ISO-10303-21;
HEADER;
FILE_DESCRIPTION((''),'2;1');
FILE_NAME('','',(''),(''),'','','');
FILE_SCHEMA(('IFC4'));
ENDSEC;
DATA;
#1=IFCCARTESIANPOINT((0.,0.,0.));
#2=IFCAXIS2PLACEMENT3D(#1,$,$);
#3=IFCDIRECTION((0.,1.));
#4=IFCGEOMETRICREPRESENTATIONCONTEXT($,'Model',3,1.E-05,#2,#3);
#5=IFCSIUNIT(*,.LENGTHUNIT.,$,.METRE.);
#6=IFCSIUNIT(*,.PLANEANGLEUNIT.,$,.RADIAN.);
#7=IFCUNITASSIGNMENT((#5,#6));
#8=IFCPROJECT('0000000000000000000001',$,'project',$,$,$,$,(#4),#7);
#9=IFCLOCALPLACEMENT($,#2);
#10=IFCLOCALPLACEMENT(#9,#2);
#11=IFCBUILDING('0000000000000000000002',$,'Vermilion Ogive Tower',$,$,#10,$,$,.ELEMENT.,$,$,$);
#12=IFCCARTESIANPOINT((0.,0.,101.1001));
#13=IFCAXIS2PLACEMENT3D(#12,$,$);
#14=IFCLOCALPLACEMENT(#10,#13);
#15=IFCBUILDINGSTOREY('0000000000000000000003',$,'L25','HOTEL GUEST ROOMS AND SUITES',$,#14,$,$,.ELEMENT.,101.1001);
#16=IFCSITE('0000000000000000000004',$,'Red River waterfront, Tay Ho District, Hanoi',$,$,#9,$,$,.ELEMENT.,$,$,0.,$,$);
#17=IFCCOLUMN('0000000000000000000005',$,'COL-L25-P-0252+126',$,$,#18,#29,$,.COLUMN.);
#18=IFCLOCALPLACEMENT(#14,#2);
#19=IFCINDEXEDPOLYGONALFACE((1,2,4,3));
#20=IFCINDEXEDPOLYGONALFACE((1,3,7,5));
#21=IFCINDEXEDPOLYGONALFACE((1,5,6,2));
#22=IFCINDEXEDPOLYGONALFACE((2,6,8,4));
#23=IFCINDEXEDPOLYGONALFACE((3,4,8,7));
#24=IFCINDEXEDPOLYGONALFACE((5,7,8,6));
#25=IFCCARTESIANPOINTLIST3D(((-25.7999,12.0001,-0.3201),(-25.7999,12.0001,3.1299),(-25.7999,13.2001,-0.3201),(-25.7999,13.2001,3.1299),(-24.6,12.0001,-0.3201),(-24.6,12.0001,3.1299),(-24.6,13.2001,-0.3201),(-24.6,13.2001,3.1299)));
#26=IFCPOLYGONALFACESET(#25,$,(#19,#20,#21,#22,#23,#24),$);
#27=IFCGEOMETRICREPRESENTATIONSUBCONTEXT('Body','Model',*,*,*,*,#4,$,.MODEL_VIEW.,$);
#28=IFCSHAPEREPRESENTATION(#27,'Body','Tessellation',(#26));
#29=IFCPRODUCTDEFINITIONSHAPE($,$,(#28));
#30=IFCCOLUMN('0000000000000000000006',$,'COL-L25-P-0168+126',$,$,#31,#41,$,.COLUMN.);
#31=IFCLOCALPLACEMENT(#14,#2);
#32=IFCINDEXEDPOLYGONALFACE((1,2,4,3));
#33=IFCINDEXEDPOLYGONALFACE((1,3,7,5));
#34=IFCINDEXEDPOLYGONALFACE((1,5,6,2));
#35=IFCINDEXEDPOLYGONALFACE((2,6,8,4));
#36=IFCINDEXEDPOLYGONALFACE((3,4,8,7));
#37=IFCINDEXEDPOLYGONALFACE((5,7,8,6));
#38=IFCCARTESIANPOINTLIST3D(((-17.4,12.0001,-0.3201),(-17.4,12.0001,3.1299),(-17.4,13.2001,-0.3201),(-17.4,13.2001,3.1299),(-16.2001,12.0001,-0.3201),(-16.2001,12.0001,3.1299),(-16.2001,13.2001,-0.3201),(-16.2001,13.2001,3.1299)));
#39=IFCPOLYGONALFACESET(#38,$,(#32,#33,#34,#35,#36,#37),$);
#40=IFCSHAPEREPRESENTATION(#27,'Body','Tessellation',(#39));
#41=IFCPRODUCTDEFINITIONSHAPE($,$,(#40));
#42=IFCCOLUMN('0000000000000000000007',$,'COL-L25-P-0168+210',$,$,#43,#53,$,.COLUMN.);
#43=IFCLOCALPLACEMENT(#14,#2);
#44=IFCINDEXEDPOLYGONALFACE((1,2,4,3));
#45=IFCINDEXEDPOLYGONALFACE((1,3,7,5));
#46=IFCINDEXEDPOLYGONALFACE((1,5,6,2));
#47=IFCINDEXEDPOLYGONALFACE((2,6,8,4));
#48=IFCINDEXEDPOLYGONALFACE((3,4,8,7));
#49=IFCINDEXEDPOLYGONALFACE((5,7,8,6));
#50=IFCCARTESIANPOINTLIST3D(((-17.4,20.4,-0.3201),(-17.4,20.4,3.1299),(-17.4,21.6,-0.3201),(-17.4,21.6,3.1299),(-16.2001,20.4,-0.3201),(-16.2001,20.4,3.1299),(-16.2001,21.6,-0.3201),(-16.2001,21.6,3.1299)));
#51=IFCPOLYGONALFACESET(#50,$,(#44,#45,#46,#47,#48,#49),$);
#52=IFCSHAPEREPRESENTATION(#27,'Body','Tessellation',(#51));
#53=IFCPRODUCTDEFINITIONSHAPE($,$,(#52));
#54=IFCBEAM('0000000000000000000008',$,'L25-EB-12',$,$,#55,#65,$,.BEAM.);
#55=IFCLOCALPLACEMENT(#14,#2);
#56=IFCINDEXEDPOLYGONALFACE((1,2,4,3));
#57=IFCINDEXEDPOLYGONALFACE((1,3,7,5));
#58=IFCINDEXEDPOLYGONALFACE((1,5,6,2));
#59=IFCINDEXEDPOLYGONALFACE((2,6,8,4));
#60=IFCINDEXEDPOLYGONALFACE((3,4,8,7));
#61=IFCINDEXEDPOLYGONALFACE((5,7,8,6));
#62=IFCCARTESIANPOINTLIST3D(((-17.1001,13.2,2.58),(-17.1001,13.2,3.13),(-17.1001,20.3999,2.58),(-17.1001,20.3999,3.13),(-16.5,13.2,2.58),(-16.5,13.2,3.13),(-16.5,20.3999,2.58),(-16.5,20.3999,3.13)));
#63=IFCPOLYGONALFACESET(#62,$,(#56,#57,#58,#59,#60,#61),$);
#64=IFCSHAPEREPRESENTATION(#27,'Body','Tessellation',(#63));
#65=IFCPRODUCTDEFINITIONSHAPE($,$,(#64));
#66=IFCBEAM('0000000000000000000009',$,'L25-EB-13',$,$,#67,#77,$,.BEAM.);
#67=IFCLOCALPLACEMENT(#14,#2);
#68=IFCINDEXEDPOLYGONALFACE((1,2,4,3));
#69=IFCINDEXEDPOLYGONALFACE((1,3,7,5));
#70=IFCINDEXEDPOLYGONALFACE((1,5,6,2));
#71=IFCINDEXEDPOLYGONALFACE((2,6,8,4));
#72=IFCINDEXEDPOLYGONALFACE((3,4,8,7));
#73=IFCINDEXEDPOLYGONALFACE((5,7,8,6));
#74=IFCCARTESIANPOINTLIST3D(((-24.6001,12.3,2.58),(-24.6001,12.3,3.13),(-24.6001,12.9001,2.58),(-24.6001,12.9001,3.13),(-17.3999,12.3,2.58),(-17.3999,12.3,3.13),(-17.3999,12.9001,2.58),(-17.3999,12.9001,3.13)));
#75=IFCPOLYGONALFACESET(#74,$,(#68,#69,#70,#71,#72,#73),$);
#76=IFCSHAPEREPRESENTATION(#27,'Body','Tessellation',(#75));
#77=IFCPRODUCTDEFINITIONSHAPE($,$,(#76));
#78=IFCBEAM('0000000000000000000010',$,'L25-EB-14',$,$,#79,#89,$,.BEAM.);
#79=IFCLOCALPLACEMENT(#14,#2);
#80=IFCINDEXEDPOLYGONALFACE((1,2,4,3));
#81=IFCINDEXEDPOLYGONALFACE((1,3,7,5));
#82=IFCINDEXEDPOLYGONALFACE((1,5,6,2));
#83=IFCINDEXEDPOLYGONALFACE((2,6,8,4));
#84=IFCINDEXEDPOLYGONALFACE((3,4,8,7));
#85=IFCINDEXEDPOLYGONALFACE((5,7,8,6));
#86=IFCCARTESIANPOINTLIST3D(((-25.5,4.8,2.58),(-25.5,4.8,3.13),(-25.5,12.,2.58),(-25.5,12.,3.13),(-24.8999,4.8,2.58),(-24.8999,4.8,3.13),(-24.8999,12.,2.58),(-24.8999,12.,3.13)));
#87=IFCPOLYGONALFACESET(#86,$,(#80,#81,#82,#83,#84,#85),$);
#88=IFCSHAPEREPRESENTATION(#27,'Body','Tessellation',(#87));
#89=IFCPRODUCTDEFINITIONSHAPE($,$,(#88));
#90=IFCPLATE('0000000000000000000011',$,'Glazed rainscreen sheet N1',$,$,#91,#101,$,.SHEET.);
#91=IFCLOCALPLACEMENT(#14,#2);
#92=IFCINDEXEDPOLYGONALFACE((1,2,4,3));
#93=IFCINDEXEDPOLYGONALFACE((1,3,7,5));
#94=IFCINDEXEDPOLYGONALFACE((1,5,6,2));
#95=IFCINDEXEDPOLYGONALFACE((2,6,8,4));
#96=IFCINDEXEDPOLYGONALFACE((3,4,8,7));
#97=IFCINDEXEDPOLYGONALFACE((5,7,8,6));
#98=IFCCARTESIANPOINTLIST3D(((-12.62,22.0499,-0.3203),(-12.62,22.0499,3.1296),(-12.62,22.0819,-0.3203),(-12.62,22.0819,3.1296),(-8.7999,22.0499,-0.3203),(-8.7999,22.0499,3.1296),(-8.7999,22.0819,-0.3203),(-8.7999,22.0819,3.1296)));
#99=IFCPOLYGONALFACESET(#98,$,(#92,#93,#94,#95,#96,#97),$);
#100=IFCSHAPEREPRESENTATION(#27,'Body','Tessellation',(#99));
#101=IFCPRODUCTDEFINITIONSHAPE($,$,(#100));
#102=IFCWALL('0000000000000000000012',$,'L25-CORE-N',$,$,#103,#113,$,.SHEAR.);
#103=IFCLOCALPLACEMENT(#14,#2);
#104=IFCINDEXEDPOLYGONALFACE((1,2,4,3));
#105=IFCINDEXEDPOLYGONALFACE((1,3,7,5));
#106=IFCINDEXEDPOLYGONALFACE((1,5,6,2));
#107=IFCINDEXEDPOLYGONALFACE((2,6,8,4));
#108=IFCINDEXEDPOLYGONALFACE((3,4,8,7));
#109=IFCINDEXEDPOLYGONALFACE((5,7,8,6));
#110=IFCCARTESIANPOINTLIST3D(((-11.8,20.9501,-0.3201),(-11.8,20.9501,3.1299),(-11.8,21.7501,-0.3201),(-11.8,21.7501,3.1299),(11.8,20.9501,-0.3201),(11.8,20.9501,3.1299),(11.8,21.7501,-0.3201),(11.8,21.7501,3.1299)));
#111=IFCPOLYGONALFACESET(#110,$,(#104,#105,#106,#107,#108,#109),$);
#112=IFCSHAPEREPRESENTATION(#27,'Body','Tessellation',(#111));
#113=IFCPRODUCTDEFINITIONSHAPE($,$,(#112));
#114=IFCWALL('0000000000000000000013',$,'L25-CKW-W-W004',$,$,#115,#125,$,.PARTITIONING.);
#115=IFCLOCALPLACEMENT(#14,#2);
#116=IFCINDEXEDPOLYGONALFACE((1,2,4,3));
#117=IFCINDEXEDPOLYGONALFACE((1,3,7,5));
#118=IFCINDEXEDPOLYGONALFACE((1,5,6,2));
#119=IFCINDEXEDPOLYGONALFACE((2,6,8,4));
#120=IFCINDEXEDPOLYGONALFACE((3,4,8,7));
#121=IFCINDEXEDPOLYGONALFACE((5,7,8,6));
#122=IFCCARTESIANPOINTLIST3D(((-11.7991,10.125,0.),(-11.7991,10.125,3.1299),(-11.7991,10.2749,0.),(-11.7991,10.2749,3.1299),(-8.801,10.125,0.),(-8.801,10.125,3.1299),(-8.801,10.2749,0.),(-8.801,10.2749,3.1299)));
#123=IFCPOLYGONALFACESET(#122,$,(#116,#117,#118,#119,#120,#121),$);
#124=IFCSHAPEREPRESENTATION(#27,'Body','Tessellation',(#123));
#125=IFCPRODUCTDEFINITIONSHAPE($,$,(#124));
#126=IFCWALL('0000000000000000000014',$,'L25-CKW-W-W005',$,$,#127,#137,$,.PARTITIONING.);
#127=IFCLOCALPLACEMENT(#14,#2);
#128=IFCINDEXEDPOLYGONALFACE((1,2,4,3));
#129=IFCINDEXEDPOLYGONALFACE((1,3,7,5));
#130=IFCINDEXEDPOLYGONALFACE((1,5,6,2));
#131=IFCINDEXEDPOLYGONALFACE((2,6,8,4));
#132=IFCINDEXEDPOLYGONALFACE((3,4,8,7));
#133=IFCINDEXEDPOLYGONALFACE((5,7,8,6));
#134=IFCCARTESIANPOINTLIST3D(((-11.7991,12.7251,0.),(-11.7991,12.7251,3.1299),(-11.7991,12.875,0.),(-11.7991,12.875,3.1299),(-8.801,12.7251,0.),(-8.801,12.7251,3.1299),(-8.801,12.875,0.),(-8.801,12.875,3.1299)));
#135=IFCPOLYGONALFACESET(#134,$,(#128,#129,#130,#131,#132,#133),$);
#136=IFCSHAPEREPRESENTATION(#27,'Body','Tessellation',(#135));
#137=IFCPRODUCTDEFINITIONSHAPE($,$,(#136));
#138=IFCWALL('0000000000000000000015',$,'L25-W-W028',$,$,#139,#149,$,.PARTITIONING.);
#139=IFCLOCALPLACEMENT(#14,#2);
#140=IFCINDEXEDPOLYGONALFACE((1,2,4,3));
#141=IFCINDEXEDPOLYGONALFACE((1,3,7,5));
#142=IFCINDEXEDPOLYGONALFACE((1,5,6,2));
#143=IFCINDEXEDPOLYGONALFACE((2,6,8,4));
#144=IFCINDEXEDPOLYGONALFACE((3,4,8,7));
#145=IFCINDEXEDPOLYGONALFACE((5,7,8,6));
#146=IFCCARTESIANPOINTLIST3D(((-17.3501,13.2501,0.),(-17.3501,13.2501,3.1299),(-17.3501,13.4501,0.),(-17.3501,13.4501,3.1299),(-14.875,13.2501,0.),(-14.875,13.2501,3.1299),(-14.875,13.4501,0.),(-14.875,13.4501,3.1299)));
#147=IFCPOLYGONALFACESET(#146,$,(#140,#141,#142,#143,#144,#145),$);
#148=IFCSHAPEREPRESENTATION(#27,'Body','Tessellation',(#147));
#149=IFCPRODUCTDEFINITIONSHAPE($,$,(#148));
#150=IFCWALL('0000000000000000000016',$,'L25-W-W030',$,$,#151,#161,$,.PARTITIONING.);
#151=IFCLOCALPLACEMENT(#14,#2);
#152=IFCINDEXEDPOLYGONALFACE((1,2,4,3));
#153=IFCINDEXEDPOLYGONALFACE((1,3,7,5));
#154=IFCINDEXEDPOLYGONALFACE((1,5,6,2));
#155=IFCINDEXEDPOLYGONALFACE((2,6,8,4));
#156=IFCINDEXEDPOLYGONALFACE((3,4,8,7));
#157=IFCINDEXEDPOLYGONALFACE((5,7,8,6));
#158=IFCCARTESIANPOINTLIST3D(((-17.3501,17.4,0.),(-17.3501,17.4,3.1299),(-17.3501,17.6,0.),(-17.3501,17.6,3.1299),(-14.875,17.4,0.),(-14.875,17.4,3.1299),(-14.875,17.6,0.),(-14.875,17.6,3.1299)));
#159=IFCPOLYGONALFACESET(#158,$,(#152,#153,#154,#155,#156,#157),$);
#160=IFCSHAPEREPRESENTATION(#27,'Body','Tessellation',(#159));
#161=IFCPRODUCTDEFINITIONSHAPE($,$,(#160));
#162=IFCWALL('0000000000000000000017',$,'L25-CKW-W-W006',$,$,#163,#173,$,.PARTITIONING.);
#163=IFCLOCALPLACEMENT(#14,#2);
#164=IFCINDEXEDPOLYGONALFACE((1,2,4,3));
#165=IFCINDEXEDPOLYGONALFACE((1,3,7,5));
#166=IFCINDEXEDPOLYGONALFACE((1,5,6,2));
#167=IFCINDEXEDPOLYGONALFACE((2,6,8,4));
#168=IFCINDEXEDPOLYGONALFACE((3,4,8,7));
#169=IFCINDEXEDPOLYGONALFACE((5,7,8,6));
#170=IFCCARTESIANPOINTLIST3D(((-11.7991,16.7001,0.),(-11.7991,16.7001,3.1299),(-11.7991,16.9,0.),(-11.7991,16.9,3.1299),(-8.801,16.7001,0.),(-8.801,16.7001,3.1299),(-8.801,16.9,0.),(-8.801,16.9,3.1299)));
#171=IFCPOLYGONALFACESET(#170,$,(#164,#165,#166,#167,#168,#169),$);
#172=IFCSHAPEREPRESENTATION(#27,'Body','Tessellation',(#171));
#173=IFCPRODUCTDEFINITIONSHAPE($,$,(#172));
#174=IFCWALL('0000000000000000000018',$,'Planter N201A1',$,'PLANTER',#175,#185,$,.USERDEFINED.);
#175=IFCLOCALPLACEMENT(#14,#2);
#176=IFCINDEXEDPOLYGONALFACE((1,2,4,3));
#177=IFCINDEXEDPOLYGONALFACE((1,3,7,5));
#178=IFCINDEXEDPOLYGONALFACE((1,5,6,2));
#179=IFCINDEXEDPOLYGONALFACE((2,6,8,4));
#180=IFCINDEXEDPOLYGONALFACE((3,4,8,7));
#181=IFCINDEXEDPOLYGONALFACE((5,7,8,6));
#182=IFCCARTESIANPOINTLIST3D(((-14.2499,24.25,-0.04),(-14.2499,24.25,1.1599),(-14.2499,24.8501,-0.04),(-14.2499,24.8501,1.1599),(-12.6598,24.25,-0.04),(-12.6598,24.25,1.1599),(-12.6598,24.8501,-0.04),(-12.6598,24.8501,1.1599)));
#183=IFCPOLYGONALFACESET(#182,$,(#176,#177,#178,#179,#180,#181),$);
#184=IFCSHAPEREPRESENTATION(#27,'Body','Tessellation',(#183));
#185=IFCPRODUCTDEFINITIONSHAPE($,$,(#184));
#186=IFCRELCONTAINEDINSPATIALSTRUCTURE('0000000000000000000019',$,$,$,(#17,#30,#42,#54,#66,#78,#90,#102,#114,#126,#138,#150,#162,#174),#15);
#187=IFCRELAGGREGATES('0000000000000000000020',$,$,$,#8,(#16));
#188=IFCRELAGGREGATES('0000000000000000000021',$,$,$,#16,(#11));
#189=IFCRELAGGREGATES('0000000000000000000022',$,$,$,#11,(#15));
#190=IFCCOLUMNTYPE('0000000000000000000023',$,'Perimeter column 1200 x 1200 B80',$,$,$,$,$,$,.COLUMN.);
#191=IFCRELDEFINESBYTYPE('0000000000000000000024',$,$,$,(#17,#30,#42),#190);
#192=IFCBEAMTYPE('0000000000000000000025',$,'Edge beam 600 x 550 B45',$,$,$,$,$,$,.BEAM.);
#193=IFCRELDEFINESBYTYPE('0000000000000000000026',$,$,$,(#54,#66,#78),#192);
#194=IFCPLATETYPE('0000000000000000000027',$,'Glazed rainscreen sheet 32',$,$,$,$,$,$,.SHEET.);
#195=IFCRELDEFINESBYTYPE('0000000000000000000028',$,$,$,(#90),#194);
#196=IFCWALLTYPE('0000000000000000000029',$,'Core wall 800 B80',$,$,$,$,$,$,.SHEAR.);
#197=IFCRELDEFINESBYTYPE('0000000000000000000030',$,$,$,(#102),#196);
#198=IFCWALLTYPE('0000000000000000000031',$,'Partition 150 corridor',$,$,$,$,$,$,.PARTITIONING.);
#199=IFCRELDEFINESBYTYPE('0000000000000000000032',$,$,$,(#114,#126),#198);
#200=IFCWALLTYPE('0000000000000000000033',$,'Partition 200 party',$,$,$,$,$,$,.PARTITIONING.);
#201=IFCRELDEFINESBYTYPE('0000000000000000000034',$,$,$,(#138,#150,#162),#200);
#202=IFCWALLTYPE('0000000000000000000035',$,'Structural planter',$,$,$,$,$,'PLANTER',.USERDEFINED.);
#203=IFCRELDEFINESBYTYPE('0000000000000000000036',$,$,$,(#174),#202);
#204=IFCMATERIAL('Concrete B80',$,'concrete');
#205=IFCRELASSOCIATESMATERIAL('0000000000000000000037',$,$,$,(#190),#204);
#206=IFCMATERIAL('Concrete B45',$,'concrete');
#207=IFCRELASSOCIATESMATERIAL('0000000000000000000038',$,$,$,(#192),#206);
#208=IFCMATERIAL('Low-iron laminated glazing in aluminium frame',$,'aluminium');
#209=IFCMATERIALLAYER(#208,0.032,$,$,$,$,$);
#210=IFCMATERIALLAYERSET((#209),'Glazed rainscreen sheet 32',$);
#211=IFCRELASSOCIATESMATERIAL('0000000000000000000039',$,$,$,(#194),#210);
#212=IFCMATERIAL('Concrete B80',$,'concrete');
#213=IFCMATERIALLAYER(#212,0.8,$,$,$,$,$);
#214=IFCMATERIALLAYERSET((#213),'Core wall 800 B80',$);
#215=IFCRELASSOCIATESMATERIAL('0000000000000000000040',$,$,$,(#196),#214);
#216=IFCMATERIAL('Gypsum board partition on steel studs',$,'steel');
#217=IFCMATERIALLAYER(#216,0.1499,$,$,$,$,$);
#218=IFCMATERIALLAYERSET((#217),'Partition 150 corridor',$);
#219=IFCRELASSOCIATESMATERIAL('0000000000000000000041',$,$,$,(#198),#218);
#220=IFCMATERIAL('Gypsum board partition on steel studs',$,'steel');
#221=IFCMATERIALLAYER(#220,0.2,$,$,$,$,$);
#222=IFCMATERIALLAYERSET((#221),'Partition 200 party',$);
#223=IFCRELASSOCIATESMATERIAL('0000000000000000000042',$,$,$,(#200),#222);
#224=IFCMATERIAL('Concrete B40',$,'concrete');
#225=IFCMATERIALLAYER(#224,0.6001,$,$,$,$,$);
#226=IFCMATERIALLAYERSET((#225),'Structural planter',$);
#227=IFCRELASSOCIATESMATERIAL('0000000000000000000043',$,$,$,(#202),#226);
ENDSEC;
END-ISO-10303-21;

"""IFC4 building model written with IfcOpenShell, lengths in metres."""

from ifc_helpers import new_model, si_unit, direction, frame, frame_2d, origin, origin_2d, place, context, subcontext, project, spatial, rectangle, extrude, material, layer, layer_set, material_profile, profile_set, type_object, element, save


model = new_model("IFC4")

# Units and contexts
model_context = context("Model", 3, precision=1e-05, world=origin(), true_north=direction((0.0, 1.0)))
body_context = subcontext(model_context, "Body", "Model", "MODEL_VIEW")
ifc_project = project(units=[si_unit("LENGTHUNIT", "METRE"), si_unit("PLANEANGLEUNIT", "RADIAN")], contexts=[model_context])

# Site, building, storey
site_placement = place(None, origin())
site = spatial("IfcSite", under=ifc_project, at=site_placement, Name="Red River waterfront, Tay Ho District, Hanoi", CompositionType="ELEMENT", RefElevation=0.0)
building_placement = place(site_placement, origin())
building = spatial("IfcBuilding", under=site, at=building_placement, Name="Vermilion Ogive Tower", CompositionType="ELEMENT")
storey_placement = place(building_placement, frame((0.0, 0.0, 101.1001)))
storey = spatial("IfcBuildingStorey", under=building, at=storey_placement, Name="L25", Description="HOTEL GUEST ROOMS AND SUITES", CompositionType="ELEMENT", Elevation=101.1001)

# Columns
ifc_material_1 = material(Name="Concrete B80", Category="concrete")
ifc_material_profile_1 = material_profile(ifc_material_1, rectangle(XDim=1.2, YDim=1.2, at=origin_2d()), Name="1200 x 1200")
ifc_profile_set_1 = profile_set([ifc_material_profile_1], Name="Concrete B80")
column_type = type_object("IfcColumnType", Name="Perimeter column 1200 x 1200 B80", PredefinedType="COLUMN", material=ifc_profile_set_1)
for number, where, z_axis, x_axis, name in (
    (1, (-25.2, 12.6001, -0.3201), (0.0, 0.0, 1.0), (1.0, 0.0, 0.0), "COL-L25-P-0252+126"),
    (2, (-16.8, 12.6001, -0.3201), (0.0, 0.0, 1.0), (1.0, 0.0, 0.0), "COL-L25-P-0168+126"),
    (3, (-16.8, 21.0, -0.3201), (0.0, 0.0, 1.0), (1.0, 0.0, 0.0), "COL-L25-P-0168+210"),
):
    element("IfcColumn", number, at=place(storey_placement, frame(where, z_axis=z_axis, x_axis=x_axis)), inside=storey, type_object=column_type, Name=name, PredefinedType="COLUMN", context=body_context, shape_type="SweptSolid", body=[
        extrude(rectangle(XDim=1.2, YDim=1.2, at=origin_2d()), origin(), (0.0, 0.0, 1.0), 3.45),
    ])

# Beams
ifc_material_2 = material(Name="Concrete B45", Category="concrete")
ifc_material_profile_2 = material_profile(ifc_material_2, rectangle(XDim=0.6001, YDim=0.55, at=origin_2d()), Name="600 x 550")
ifc_profile_set_2 = profile_set([ifc_material_profile_2], Name="Concrete B45")
beam_type = type_object("IfcBeamType", Name="Edge beam 600 x 550 B45", PredefinedType="BEAM", material=ifc_profile_set_2)
beam_1_placement = place(storey_placement, frame((-16.8, 20.3999, 2.855), z_axis=(0.0, -1.0, 0.0), x_axis=(1.0, 0.0, 0.0)))
element("IfcBeam", 4, at=beam_1_placement, inside=storey, type_object=beam_type, Name="L25-EB-12", PredefinedType="BEAM", context=body_context, shape_type="SweptSolid", body=[
    extrude(rectangle(XDim=0.6001, YDim=0.55, at=origin_2d()), origin(), (0.0, 0.0, 1.0), 7.2),
])
beam_2_placement = place(storey_placement, frame((-17.3999, 12.6001, 2.855), z_axis=(-1.0, 0.0, 0.0), x_axis=(0.0, -1.0, 0.0)))
element("IfcBeam", 5, at=beam_2_placement, inside=storey, type_object=beam_type, Name="L25-EB-13", PredefinedType="BEAM", context=body_context, shape_type="SweptSolid", body=[
    extrude(rectangle(XDim=0.6001, YDim=0.55, at=origin_2d()), origin(), (0.0, 0.0, 1.0), 7.2002),
])
beam_3_placement = place(storey_placement, frame((-25.2, 12.0, 2.855), z_axis=(0.0, -1.0, 0.0), x_axis=(1.0, 0.0, 0.0)))
element("IfcBeam", 6, at=beam_3_placement, inside=storey, type_object=beam_type, Name="L25-EB-14", PredefinedType="BEAM", context=body_context, shape_type="SweptSolid", body=[
    extrude(rectangle(XDim=0.6001, YDim=0.55, at=origin_2d()), origin(), (0.0, 0.0, 1.0), 7.2),
])

# Plate
ifc_material_3 = material(Name="Low-iron laminated glazing in aluminium frame", Category="aluminium")
ifc_layer_1 = layer(ifc_material_3, 0.032)
ifc_layer_set_1 = layer_set([ifc_layer_1], Name="Glazed rainscreen sheet 32")
plate_type = type_object("IfcPlateType", Name="Glazed rainscreen sheet 32", PredefinedType="SHEET", material=ifc_layer_set_1)
plate_placement = place(storey_placement, frame((-10.71, 22.0659, -0.3203), z_axis=(0.0, 0.0, 1.0), x_axis=(1.0, 0.0, 0.0)))
element("IfcPlate", 7, at=plate_placement, inside=storey, type_object=plate_type, Name="Glazed rainscreen sheet N1", PredefinedType="SHEET", context=body_context, shape_type="SweptSolid", body=[
    extrude(rectangle(XDim=3.8201, YDim=0.032, at=origin_2d()), origin(), (0.0, 0.0, 1.0), 3.45),
])

# Walls
ifc_material_4 = material(Name="Concrete B80", Category="concrete")
ifc_layer_2 = layer(ifc_material_4, 0.8)
ifc_layer_set_2 = layer_set([ifc_layer_2], Name="Core wall 800 B80")
wall_type_1 = type_object("IfcWallType", Name="Core wall 800 B80", PredefinedType="SHEAR", material=ifc_layer_set_2)
wall_1_placement = place(storey_placement, frame((-11.8, 21.3501, -0.3201), z_axis=(0.0, 0.0, 1.0), x_axis=(1.0, 0.0, 0.0)))
element("IfcWall", 8, at=wall_1_placement, inside=storey, type_object=wall_type_1, Name="L25-CORE-N", PredefinedType="SHEAR", context=body_context, shape_type="SweptSolid", body=[
    extrude(rectangle(XDim=23.6001, YDim=0.8, at=frame_2d((11.8, 0.0))), origin(), (0.0, 0.0, 1.0), 3.45),
])
ifc_material_5 = material(Name="Gypsum board partition on steel studs", Category="steel")
ifc_layer_3 = layer(ifc_material_5, 0.1499)
ifc_layer_set_3 = layer_set([ifc_layer_3], Name="Partition 150 corridor")
wall_type_2 = type_object("IfcWallType", Name="Partition 150 corridor", PredefinedType="PARTITIONING", material=ifc_layer_set_3)
for number, where, z_axis, x_axis, name in (
    (9, (-11.7991, 10.2, 0.0), (0.0, 0.0, 1.0), (1.0, 0.0, 0.0), "L25-CKW-W-W004"),
    (10, (-11.7991, 12.8, 0.0), (0.0, 0.0, 1.0), (1.0, 0.0, 0.0), "L25-CKW-W-W005"),
):
    element("IfcWall", number, at=place(storey_placement, frame(where, z_axis=z_axis, x_axis=x_axis)), inside=storey, type_object=wall_type_2, Name=name, PredefinedType="PARTITIONING", context=body_context, shape_type="SweptSolid", body=[
        extrude(rectangle(XDim=2.998, YDim=0.1499, at=frame_2d((1.499, 0.0))), origin(), (0.0, 0.0, 1.0), 3.1299),
    ])
ifc_material_6 = material(Name="Gypsum board partition on steel studs", Category="steel")
ifc_layer_4 = layer(ifc_material_6, 0.2)
ifc_layer_set_4 = layer_set([ifc_layer_4], Name="Partition 200 party")
wall_type_3 = type_object("IfcWallType", Name="Partition 200 party", PredefinedType="PARTITIONING", material=ifc_layer_set_4)
for number, where, z_axis, x_axis, name in (
    (11, (-17.3501, 13.3501, 0.0), (0.0, 0.0, 1.0), (1.0, 0.0, 0.0), "L25-W-W028"),
    (12, (-17.3501, 17.5, 0.0), (0.0, 0.0, 1.0), (1.0, 0.0, 0.0), "L25-W-W030"),
):
    element("IfcWall", number, at=place(storey_placement, frame(where, z_axis=z_axis, x_axis=x_axis)), inside=storey, type_object=wall_type_3, Name=name, PredefinedType="PARTITIONING", context=body_context, shape_type="SweptSolid", body=[
        extrude(rectangle(XDim=2.4751, YDim=0.2, at=frame_2d((1.2375, 0.0))), origin(), (0.0, 0.0, 1.0), 3.1299),
    ])
wall_2_placement = place(storey_placement, frame((-11.7991, 16.8, 0.0), z_axis=(0.0, 0.0, 1.0), x_axis=(1.0, 0.0, 0.0)))
element("IfcWall", 13, at=wall_2_placement, inside=storey, type_object=wall_type_3, Name="L25-CKW-W-W006", PredefinedType="PARTITIONING", context=body_context, shape_type="SweptSolid", body=[
    extrude(rectangle(XDim=2.998, YDim=0.2, at=frame_2d((1.499, 0.0))), origin(), (0.0, 0.0, 1.0), 3.1299),
])
ifc_material_7 = material(Name="Concrete B40", Category="concrete")
ifc_layer_5 = layer(ifc_material_7, 0.6001)
ifc_layer_set_5 = layer_set([ifc_layer_5], Name="Structural planter")
wall_type_4 = type_object("IfcWallType", Name="Structural planter", ElementType="PLANTER", PredefinedType="USERDEFINED", material=ifc_layer_set_5)
wall_3_placement = place(storey_placement, frame((-12.6599, 24.55, -0.04), z_axis=(0.0, 0.0, 1.0), x_axis=(-1.0, 0.0, 0.0)))
element("IfcWall", 14, at=wall_3_placement, inside=storey, type_object=wall_type_4, Name="Planter N201A1", ObjectType="PLANTER", PredefinedType="USERDEFINED", context=body_context, shape_type="SweptSolid", body=[
    extrude(rectangle(XDim=1.5901, YDim=0.6001, at=frame_2d((0.7949, 0.0))), origin(), (0.0, 0.0, 1.0), 1.2),
])

save(model, "model.ifc")
